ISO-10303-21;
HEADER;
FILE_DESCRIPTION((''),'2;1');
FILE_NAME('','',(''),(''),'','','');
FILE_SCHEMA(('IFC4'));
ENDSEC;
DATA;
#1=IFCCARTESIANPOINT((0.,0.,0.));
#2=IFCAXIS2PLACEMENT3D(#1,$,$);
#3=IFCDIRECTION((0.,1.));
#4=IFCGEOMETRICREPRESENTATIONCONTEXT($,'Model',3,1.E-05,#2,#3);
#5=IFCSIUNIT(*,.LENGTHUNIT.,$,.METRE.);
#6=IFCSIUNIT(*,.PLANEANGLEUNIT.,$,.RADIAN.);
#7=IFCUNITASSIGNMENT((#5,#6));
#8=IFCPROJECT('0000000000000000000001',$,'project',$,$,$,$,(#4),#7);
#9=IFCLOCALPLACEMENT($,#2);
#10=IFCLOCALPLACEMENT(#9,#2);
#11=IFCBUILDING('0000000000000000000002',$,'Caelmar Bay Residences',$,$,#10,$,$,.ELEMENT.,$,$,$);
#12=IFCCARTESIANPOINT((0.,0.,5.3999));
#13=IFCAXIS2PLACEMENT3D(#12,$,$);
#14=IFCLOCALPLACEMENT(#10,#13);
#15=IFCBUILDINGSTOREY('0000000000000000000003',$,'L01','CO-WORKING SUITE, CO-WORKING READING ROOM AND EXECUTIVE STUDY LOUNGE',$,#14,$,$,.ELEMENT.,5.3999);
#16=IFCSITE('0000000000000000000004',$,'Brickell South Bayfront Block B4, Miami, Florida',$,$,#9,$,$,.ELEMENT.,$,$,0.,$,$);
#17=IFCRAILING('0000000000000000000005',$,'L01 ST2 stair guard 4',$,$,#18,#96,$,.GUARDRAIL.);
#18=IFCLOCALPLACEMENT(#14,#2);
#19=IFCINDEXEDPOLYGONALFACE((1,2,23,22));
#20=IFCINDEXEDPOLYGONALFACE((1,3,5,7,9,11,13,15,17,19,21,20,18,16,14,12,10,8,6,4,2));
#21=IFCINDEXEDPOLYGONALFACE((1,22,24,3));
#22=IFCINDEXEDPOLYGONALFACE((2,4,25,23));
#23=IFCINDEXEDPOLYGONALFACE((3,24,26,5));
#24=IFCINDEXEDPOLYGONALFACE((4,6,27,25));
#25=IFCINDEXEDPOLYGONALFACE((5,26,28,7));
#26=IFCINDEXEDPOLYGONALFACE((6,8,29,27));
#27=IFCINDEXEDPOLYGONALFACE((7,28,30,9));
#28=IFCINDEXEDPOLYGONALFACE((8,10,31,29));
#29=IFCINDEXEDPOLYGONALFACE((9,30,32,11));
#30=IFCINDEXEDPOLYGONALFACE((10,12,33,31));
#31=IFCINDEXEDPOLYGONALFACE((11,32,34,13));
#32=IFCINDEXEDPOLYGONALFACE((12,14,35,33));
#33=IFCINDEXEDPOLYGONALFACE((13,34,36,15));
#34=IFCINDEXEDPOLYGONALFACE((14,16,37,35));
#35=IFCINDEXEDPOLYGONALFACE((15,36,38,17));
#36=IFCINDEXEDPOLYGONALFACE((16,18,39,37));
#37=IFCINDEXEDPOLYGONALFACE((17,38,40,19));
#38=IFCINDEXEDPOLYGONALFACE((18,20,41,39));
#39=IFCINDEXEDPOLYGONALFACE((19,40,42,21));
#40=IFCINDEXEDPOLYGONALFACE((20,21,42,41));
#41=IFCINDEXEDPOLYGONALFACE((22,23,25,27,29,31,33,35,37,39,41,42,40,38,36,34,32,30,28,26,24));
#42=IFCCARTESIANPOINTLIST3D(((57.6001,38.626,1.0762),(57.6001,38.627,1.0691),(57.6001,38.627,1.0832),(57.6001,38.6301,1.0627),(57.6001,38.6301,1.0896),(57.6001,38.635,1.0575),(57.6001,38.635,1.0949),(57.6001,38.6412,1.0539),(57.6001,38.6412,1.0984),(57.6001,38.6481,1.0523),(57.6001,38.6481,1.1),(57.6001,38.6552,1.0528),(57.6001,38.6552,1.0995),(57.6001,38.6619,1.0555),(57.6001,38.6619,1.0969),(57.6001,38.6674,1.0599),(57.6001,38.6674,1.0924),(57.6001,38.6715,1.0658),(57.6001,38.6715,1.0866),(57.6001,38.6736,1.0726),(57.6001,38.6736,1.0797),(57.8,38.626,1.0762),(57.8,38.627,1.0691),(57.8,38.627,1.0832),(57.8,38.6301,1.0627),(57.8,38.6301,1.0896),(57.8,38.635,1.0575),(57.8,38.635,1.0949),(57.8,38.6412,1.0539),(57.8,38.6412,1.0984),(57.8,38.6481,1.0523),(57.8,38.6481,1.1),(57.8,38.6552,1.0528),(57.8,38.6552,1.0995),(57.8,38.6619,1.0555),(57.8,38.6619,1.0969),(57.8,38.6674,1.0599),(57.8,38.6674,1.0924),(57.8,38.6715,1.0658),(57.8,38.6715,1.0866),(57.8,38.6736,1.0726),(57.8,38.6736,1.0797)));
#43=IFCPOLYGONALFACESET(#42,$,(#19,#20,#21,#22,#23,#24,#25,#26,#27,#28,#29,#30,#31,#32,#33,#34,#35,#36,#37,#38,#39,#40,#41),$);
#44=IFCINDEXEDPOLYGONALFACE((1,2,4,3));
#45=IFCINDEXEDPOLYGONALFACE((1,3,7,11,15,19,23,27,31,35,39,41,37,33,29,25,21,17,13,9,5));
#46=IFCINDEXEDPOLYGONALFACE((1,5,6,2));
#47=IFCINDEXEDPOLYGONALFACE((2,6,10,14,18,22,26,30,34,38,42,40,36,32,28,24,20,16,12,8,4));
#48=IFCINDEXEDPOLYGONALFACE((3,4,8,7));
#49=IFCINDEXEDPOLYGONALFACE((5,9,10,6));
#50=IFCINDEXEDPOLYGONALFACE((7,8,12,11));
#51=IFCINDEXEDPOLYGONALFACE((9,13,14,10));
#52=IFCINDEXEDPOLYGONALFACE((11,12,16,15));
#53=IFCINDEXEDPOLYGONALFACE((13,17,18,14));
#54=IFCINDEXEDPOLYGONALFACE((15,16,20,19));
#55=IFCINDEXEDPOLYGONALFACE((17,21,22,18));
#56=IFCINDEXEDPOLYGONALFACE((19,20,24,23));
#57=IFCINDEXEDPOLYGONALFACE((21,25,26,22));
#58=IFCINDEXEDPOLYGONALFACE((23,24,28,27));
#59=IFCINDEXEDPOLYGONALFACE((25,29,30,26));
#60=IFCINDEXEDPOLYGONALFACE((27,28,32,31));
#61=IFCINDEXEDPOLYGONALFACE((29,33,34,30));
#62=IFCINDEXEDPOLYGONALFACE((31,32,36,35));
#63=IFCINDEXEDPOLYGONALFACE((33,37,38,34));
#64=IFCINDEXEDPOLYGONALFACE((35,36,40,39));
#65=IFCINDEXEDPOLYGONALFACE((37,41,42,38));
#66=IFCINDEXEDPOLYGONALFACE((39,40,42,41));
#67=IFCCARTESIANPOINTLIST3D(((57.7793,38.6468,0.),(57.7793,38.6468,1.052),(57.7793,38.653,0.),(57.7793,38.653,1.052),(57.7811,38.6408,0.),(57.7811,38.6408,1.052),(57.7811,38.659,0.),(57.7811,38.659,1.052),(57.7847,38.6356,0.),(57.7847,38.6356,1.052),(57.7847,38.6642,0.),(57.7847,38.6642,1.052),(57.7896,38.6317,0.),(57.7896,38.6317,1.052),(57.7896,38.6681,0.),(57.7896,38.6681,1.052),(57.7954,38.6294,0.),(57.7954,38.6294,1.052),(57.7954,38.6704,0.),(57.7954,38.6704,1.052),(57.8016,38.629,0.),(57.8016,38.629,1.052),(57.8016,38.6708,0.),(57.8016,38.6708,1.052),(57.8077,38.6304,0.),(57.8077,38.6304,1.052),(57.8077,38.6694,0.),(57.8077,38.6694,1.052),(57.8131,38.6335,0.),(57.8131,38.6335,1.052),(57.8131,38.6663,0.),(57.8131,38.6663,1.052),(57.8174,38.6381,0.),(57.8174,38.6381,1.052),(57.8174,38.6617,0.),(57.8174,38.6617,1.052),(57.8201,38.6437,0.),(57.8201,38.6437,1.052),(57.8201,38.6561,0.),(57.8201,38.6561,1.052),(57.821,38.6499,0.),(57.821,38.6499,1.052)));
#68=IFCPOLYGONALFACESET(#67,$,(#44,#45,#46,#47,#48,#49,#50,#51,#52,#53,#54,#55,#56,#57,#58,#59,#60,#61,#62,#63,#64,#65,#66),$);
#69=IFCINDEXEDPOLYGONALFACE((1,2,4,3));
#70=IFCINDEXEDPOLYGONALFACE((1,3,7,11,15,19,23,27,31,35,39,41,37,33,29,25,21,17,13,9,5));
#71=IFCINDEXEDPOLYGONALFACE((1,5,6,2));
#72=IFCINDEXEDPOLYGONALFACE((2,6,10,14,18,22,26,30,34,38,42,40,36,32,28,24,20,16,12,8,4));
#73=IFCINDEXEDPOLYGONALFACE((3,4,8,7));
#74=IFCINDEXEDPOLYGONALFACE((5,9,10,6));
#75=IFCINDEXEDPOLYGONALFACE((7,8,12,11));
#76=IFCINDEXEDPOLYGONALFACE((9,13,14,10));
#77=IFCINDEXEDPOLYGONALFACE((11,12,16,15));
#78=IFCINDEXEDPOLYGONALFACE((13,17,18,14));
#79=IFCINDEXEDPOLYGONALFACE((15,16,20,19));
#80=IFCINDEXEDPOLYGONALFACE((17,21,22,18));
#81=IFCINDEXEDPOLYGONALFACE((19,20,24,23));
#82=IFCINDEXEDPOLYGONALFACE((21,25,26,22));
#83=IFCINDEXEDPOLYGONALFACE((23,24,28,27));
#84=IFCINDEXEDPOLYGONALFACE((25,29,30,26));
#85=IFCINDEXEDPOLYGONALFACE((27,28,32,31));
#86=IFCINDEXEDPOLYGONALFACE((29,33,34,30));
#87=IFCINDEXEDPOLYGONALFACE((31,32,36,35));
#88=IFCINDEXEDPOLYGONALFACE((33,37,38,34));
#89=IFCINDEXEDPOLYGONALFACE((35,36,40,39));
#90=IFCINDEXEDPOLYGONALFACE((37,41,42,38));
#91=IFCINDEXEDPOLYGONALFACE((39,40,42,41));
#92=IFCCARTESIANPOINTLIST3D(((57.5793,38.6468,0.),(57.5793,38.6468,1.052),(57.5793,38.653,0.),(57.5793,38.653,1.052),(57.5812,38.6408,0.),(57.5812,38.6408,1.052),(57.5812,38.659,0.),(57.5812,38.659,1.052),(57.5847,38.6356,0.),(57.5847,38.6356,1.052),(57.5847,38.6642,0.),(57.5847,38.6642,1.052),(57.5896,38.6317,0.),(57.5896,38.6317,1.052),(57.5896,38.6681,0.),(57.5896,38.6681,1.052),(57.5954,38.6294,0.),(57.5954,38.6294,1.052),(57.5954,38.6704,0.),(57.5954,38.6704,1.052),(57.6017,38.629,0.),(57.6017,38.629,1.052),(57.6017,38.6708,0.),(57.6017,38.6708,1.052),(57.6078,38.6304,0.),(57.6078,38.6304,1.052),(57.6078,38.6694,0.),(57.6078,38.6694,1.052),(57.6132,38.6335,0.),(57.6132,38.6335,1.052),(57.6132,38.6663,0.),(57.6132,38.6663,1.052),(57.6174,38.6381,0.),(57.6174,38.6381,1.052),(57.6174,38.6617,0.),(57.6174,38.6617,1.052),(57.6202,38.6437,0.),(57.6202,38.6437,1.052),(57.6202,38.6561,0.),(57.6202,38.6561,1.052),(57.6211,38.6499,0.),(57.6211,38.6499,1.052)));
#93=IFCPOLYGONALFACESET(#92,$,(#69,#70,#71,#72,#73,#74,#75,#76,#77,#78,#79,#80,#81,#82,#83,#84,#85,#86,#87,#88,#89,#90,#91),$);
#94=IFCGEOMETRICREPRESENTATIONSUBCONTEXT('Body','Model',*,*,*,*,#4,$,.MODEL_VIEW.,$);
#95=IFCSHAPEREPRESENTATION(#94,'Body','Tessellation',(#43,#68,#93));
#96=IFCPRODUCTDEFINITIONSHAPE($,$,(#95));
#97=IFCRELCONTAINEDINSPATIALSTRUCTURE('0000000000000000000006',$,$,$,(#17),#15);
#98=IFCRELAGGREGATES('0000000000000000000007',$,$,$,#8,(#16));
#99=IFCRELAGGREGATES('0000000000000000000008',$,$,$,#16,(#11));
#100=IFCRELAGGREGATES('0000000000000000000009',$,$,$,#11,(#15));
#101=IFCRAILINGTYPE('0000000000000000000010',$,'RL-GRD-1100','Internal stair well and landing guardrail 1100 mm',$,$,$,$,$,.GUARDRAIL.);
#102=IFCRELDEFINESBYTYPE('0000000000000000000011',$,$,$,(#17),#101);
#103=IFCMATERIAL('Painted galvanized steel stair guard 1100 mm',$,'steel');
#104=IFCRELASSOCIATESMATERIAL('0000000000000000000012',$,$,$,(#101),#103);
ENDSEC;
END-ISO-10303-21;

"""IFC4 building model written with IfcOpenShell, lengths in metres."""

from ifc_helpers import new_model, si_unit, direction, frame, origin, origin_2d, place, context, subcontext, project, spatial, circle, extrude, material, type_object, element, save


model = new_model("IFC4")

# Units and contexts
model_context = context("Model", 3, precision=1e-05, world=origin(), true_north=direction((0.0, 1.0)))
body_context = subcontext(model_context, "Body", "Model", "MODEL_VIEW")
ifc_project = project(units=[si_unit("LENGTHUNIT", "METRE"), si_unit("PLANEANGLEUNIT", "RADIAN")], contexts=[model_context])

# Site, building, storey
site_placement = place(None, origin())
site = spatial("IfcSite", under=ifc_project, at=site_placement, Name="Brickell South Bayfront Block B4, Miami, Florida", CompositionType="ELEMENT", RefElevation=0.0)
building_placement = place(site_placement, origin())
building = spatial("IfcBuilding", under=site, at=building_placement, Name="Caelmar Bay Residences", CompositionType="ELEMENT")
storey_placement = place(building_placement, frame((0.0, 0.0, 5.3999)))
storey = spatial("IfcBuildingStorey", under=building, at=storey_placement, Name="L01", Description="CO-WORKING SUITE, CO-WORKING READING ROOM AND EXECUTIVE STUDY LOUNGE", CompositionType="ELEMENT", Elevation=5.3999)

# Railing
ifc_material_1 = material(Name="Painted galvanized steel stair guard 1100 mm", Category="steel")
railing_type_1 = type_object("IfcRailingType", Name="RL-GRD-1100", Description="Internal stair well and landing guardrail 1100 mm", PredefinedType="GUARDRAIL", material=ifc_material_1)
railing_1_placement = place(storey_placement, frame((57.8, 38.6499, 0.0)))
element("IfcRailing", 1, at=railing_1_placement, inside=storey, type_object=railing_type_1, Name="L01 ST2 stair guard 4", PredefinedType="GUARDRAIL", context=body_context, shape_type="SweptSolid", body=[
    extrude(circle(Radius=0.0239, at=origin_2d()), frame((0.0, 0.0, 1.0762), z_axis=(-1.0, 0.0, 0.0), x_axis=(0.0, -1.0, 0.0)), (0.0, 0.0, 1.0), 0.2),
    extrude(circle(Radius=0.021, at=origin_2d()), origin(), (0.0, 0.0, 1.0), 1.052),
    extrude(circle(Radius=0.021, at=origin_2d()), frame((-0.2, 0.0, 0.0)), (0.0, 0.0, 1.0), 1.052),
])

save(model, "model.ifc")
